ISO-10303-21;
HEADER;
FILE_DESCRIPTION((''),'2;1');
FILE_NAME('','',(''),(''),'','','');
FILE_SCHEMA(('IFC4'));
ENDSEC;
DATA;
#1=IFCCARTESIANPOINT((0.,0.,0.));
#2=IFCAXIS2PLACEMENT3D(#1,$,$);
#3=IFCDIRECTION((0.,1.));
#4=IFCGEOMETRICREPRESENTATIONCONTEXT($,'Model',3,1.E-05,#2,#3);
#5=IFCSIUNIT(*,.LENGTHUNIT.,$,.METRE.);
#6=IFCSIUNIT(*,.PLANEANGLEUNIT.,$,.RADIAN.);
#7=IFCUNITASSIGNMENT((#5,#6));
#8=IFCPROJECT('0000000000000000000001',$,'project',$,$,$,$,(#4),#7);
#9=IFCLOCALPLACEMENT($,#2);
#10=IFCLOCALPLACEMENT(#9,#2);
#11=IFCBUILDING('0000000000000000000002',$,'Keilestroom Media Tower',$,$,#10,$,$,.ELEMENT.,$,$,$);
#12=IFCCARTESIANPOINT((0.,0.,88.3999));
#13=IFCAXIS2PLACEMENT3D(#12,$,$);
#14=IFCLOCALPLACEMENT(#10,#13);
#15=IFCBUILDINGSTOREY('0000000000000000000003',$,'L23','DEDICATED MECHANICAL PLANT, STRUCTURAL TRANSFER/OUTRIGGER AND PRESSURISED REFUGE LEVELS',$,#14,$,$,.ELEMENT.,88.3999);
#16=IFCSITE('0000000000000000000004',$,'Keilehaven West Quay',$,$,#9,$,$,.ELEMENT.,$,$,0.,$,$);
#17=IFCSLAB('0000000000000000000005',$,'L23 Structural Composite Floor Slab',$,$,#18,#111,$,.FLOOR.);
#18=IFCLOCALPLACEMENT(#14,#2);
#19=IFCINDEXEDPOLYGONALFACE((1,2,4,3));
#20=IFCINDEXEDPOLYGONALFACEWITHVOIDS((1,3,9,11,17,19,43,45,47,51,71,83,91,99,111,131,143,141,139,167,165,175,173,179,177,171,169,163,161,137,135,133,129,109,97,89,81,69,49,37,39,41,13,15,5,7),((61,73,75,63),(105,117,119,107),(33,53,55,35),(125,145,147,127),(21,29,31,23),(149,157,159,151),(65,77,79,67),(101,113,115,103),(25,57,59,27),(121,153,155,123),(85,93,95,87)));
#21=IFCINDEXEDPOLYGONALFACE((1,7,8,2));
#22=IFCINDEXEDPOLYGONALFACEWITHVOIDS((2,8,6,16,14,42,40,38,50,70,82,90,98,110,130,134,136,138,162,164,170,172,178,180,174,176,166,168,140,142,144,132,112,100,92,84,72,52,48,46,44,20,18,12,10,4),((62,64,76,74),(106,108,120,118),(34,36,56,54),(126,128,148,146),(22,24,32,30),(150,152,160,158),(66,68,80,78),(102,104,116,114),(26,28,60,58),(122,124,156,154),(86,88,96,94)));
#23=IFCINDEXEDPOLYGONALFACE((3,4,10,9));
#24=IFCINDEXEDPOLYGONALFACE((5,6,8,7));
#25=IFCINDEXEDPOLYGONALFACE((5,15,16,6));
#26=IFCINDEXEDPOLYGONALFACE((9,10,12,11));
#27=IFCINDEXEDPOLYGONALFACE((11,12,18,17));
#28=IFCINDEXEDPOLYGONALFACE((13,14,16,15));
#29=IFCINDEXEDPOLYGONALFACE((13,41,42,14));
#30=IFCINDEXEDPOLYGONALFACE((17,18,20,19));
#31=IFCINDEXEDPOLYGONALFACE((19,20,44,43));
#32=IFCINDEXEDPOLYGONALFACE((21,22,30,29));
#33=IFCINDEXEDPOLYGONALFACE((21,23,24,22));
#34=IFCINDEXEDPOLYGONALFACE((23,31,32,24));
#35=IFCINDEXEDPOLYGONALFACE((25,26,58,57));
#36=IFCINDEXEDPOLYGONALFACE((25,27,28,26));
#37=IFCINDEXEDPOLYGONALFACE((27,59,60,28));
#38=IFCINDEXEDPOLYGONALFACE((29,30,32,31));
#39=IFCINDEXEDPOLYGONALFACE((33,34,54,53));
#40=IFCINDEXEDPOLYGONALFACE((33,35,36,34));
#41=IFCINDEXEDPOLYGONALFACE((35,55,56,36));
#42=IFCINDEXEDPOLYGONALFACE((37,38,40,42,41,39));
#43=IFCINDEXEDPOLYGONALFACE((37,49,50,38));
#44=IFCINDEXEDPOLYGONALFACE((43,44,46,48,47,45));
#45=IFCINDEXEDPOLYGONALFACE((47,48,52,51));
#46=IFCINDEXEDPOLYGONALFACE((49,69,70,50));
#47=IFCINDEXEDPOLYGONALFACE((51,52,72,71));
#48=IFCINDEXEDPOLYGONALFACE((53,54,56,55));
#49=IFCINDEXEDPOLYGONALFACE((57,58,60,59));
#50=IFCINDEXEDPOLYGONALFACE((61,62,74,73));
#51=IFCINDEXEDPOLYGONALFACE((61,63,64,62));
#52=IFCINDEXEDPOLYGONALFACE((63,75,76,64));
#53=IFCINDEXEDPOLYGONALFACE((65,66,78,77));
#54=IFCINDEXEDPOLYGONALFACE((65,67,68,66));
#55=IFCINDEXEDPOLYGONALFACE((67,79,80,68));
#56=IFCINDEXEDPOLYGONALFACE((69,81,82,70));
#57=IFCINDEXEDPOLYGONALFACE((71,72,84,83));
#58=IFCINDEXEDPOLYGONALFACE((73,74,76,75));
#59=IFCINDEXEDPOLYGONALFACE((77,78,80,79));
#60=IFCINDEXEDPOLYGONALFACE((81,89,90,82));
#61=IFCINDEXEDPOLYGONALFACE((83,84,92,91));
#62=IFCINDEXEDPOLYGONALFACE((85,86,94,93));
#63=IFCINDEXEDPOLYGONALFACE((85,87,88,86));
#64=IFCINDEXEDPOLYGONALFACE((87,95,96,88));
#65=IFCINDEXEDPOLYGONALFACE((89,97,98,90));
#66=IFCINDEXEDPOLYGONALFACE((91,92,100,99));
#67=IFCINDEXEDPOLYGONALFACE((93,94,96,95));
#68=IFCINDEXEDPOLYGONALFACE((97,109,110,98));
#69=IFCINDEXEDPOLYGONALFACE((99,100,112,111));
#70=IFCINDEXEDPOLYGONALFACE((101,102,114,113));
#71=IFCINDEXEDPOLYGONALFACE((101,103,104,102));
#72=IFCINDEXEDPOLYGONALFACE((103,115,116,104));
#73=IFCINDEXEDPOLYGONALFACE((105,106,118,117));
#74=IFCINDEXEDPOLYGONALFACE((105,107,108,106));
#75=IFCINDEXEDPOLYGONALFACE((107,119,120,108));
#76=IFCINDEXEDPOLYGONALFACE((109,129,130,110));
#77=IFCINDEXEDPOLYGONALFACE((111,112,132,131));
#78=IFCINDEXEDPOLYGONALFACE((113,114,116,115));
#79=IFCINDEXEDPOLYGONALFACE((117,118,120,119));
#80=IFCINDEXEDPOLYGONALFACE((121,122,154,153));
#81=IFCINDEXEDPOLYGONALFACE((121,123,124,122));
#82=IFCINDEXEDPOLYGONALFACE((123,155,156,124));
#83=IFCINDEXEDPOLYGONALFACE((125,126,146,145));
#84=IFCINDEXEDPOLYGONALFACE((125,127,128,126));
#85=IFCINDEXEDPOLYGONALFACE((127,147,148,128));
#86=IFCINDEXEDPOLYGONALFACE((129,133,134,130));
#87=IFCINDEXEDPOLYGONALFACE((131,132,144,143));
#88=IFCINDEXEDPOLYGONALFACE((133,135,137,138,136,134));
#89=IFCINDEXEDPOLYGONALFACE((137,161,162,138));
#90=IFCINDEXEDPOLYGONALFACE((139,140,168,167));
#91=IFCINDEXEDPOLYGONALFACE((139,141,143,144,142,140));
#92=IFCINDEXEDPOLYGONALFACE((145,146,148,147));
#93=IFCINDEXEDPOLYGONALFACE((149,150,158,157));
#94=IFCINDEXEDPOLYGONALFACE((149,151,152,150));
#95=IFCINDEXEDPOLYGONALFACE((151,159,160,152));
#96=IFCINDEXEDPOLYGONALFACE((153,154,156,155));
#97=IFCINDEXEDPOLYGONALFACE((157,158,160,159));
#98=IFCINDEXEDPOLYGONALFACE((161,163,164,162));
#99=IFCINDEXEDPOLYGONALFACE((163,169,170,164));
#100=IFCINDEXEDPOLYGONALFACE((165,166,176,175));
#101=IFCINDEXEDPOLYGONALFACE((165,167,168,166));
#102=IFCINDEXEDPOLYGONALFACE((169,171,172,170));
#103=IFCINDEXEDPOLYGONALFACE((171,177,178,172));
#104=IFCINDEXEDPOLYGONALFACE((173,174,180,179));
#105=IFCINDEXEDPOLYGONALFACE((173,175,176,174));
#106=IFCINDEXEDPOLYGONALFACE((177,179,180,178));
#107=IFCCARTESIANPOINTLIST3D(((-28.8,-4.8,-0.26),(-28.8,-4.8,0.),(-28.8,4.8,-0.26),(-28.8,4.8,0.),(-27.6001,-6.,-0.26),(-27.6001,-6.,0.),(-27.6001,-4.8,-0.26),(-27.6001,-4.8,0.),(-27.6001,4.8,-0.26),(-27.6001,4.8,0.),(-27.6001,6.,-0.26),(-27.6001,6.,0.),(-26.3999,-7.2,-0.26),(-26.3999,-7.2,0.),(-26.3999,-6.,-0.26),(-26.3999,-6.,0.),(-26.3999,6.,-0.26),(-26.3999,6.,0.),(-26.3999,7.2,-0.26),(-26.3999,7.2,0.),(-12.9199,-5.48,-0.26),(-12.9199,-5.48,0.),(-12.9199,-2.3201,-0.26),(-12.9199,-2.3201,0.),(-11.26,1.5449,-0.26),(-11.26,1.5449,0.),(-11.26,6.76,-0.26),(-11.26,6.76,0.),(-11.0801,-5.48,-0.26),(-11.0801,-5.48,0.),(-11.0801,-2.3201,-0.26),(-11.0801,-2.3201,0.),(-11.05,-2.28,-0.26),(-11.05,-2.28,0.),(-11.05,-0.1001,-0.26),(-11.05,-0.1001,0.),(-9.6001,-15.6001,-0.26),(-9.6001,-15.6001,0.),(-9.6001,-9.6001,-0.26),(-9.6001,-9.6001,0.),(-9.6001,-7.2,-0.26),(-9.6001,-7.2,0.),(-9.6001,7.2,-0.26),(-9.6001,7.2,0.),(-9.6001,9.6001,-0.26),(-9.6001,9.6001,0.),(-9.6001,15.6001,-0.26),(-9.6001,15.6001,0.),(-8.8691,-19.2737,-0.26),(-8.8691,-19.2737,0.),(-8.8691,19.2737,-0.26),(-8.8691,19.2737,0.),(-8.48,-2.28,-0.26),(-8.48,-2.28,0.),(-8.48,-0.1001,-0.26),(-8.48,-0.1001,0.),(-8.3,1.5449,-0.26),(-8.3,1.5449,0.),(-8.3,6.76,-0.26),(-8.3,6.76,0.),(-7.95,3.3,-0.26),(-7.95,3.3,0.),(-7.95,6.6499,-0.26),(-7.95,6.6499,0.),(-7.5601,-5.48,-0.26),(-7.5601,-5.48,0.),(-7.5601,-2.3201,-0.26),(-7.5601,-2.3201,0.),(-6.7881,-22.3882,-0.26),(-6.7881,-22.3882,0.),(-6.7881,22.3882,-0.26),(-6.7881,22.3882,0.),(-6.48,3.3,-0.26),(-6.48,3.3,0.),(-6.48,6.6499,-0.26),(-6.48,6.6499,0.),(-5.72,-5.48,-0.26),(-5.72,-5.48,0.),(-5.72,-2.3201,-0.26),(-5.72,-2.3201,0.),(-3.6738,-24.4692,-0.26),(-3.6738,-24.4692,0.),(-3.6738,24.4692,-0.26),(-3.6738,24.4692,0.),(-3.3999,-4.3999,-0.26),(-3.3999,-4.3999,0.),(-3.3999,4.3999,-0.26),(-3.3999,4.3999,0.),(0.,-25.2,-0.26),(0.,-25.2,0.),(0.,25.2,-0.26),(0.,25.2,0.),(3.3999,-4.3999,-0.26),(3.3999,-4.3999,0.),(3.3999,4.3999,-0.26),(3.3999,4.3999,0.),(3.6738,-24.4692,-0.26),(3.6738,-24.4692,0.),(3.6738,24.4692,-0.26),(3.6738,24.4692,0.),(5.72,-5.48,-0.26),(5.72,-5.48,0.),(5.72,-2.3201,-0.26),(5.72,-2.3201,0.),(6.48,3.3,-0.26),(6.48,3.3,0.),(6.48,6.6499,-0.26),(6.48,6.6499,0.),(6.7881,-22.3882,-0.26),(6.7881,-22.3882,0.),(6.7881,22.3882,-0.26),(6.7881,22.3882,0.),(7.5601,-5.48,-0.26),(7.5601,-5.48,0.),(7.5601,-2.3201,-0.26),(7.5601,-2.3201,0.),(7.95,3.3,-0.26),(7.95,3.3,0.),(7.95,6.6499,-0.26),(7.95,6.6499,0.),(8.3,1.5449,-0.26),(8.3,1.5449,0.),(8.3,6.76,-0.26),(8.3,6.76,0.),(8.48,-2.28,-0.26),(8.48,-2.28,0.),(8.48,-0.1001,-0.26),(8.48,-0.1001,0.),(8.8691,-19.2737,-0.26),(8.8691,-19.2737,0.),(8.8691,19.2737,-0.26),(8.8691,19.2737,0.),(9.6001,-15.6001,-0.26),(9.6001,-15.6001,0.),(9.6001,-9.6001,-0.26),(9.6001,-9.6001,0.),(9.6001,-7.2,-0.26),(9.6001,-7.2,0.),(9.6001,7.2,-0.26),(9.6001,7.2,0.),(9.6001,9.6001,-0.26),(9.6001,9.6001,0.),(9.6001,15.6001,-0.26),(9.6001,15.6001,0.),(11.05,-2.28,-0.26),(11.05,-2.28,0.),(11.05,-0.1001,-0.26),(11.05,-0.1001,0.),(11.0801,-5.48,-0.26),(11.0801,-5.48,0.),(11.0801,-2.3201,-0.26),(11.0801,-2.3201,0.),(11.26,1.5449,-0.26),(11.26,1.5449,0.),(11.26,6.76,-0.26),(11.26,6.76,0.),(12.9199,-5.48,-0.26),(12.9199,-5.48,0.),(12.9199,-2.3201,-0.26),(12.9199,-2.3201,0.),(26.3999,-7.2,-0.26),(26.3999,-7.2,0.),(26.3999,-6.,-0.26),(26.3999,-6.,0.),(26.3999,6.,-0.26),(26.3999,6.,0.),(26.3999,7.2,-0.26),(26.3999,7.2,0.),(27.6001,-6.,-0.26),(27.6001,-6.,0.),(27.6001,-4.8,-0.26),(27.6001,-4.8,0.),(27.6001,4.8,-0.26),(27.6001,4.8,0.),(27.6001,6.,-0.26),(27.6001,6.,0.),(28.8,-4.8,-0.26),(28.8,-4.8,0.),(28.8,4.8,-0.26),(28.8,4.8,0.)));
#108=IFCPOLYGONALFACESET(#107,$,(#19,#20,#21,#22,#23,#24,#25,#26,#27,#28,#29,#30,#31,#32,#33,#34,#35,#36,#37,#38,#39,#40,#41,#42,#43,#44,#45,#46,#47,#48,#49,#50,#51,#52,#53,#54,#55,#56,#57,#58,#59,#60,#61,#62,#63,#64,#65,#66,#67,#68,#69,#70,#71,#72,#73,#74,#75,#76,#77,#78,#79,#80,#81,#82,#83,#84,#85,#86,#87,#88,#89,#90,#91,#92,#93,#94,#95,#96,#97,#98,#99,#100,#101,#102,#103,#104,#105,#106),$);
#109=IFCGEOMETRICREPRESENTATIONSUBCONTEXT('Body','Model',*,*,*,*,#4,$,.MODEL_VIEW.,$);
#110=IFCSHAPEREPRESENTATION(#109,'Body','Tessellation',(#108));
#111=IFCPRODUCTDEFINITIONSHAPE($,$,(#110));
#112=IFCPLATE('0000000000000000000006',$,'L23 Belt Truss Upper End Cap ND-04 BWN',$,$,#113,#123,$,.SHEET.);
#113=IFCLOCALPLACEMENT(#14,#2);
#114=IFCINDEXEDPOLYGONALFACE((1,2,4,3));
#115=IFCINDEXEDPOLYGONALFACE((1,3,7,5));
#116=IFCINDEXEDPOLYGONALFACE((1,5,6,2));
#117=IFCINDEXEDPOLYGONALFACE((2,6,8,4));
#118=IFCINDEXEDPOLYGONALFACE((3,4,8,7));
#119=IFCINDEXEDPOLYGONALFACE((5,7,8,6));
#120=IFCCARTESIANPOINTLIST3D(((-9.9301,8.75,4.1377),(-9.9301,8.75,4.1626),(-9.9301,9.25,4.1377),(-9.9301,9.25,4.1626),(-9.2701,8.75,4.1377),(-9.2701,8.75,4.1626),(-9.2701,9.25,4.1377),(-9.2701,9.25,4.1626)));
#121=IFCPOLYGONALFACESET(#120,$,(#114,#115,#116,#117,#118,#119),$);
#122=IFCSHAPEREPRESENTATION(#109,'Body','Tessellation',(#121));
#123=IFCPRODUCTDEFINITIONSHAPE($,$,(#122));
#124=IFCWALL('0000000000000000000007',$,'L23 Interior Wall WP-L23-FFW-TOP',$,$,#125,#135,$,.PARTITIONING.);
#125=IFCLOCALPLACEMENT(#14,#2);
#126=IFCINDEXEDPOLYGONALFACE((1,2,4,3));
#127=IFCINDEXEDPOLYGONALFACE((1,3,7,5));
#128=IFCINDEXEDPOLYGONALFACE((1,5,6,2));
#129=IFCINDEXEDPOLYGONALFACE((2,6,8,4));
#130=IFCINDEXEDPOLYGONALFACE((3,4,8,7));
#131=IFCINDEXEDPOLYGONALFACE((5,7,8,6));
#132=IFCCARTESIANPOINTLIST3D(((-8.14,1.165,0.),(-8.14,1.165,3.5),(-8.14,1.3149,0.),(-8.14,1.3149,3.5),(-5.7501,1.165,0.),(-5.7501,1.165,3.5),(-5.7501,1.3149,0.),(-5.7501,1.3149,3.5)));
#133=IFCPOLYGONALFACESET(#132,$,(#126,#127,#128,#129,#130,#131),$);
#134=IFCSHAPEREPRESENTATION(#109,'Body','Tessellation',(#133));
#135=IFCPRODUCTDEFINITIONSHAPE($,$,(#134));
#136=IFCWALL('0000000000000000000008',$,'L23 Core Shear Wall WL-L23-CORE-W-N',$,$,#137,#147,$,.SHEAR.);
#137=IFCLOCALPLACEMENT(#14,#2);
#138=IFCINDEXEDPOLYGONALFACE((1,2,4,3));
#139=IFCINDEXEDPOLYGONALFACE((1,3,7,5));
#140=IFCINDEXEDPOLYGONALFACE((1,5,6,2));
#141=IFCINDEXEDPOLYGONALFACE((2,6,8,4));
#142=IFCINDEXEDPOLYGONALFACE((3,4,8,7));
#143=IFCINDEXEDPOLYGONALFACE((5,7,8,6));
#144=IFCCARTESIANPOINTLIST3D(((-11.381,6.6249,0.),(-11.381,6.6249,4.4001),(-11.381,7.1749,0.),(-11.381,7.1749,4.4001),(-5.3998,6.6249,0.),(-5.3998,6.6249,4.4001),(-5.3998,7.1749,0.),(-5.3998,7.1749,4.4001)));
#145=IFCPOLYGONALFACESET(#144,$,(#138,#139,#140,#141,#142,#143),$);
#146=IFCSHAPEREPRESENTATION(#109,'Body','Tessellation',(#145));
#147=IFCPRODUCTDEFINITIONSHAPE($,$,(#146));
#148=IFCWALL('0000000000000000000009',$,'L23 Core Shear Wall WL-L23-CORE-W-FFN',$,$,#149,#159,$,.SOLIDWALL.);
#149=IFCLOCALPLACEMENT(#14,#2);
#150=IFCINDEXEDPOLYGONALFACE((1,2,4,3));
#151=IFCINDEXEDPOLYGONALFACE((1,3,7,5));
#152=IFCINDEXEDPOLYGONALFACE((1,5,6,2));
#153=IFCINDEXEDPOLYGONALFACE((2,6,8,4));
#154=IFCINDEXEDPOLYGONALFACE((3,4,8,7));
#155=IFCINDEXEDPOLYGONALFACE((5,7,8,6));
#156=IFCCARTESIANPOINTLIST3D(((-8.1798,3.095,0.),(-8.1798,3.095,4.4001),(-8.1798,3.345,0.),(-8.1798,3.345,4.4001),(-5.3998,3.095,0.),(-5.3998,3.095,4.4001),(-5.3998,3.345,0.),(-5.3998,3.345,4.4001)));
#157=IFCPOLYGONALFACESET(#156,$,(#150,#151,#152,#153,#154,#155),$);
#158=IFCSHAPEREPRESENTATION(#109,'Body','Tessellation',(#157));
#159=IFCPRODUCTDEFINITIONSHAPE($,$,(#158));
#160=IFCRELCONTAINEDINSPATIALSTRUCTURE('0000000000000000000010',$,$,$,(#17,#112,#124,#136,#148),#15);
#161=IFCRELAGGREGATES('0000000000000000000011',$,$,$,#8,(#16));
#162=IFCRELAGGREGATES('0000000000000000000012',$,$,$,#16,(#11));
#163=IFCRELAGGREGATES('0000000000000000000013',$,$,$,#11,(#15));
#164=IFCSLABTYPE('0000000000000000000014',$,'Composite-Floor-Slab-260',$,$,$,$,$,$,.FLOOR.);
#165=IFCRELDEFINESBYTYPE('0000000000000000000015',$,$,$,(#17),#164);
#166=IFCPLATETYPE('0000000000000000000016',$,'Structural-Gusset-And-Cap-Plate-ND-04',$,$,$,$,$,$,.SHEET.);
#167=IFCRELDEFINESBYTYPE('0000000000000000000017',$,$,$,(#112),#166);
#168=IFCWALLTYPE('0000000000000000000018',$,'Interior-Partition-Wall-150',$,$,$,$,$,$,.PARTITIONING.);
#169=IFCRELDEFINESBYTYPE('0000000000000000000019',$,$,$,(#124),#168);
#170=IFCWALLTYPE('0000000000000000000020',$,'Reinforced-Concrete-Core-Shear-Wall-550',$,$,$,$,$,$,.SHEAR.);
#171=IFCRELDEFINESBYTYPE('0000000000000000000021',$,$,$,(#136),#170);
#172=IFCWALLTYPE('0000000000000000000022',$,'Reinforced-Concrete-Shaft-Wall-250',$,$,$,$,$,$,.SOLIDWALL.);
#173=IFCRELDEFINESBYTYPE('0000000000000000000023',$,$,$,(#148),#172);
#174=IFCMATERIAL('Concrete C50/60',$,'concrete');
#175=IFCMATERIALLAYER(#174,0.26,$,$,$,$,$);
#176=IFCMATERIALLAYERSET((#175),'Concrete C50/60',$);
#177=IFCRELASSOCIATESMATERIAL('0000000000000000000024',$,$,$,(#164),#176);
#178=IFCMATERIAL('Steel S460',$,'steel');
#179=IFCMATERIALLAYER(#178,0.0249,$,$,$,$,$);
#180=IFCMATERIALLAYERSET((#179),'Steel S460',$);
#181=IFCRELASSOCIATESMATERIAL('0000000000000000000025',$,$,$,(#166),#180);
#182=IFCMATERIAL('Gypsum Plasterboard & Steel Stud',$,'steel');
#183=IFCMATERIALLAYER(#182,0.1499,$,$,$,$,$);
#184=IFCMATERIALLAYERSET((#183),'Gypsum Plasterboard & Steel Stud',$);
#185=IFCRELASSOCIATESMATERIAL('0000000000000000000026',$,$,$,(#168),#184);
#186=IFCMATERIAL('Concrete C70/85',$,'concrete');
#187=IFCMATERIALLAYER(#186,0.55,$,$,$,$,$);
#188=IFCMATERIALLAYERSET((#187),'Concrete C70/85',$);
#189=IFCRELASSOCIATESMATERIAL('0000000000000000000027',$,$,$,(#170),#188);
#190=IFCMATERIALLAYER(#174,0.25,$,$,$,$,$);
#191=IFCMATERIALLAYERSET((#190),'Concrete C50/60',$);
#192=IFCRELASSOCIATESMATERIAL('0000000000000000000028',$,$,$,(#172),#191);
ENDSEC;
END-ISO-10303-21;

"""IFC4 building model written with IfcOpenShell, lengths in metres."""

from ifc_helpers import new_model, si_unit, direction, frame, frame_2d, origin, origin_2d, place, context, subcontext, project, spatial, polyline, rectangle, outline, extrude, source, transform, mapped, material, layer, layer_set, type_object, element, save


model = new_model("IFC4")

# Units and contexts
model_context = context("Model", 3, precision=1e-05, world=origin(), true_north=direction((0.0, 1.0)))
body_context = subcontext(model_context, "Body", "Model", "MODEL_VIEW")
ifc_project = project(units=[si_unit("LENGTHUNIT", "METRE"), si_unit("PLANEANGLEUNIT", "RADIAN")], contexts=[model_context])

# Site, building, storey
site_placement = place(None, origin())
site = spatial("IfcSite", under=ifc_project, at=site_placement, Name="Keilehaven West Quay", CompositionType="ELEMENT", RefElevation=0.0)
building_placement = place(site_placement, origin())
building = spatial("IfcBuilding", under=site, at=building_placement, Name="Keilestroom Media Tower", CompositionType="ELEMENT")
storey_placement = place(building_placement, frame((0.0, 0.0, 88.3999)))
storey = spatial("IfcBuildingStorey", under=building, at=storey_placement, Name="L23", Description="DEDICATED MECHANICAL PLANT, STRUCTURAL TRANSFER/OUTRIGGER AND PRESSURISED REFUGE LEVELS", CompositionType="ELEMENT", Elevation=88.3999)

# Shared definitions
ifc_material_1 = material(Name="Concrete C70/85", Category="concrete")

# Slab
ifc_material_2 = material(Name="Concrete C50/60", Category="concrete")
ifc_layer_1 = layer(ifc_material_2, 0.26)
ifc_layer_set_1 = layer_set([ifc_layer_1], Name="Concrete C50/60")
slab_type = type_object("IfcSlabType", Name="Composite-Floor-Slab-260", PredefinedType="FLOOR", material=ifc_layer_set_1)
slab_placement = place(storey_placement, frame((0.0, 0.0, -0.26)))
element("IfcSlab", 1, at=slab_placement, inside=storey, type_object=slab_type, Name="L23 Structural Composite Floor Slab", PredefinedType="FLOOR", context=body_context, shape_type="SweptSolid", body=[
    extrude(outline(polyline([(28.8, -4.8), (28.8, 4.8), (27.6001, 4.8), (27.6001, 6.0), (26.3999, 6.0), (26.3999, 7.2), (9.6001, 7.2), (9.6001, 9.6001), (9.6001, 15.6001), (8.8691, 19.2737), (6.7881, 22.3882), (3.6738, 24.4692), (0.0, 25.2), (-3.6738, 24.4692), (-6.7881, 22.3882), (-8.8691, 19.2737), (-9.6001, 15.6001), (-9.6001, 9.6001), (-9.6001, 7.2), (-26.3999, 7.2), (-26.3999, 6.0), (-27.6001, 6.0), (-27.6001, 4.8), (-28.8, 4.8), (-28.8, -4.8), (-27.6001, -4.8), (-27.6001, -6.0), (-26.3999, -6.0), (-26.3999, -7.2), (-9.6001, -7.2), (-9.6001, -9.6001), (-9.6001, -15.6001), (-8.8691, -19.2737), (-6.7881, -22.3882), (-3.6738, -24.4692), (0.0, -25.2), (3.6738, -24.4692), (6.7881, -22.3882), (8.8691, -19.2737), (9.6001, -15.6001), (9.6001, -9.6001), (9.6001, -7.2), (26.3999, -7.2), (26.3999, -6.0), (27.6001, -6.0), (27.6001, -4.8), (28.8, -4.8)]), holes=[polyline([(-12.9199, -5.48), (-12.9199, -2.3201), (-11.0801, -2.3201), (-11.0801, -5.48), (-12.9199, -5.48)]), polyline([(-11.26, 1.5449), (-11.26, 6.76), (-8.3, 6.76), (-8.3, 1.5449), (-11.26, 1.5449)]), polyline([(-11.05, -2.28), (-11.05, -0.1001), (-8.48, -0.1001), (-8.48, -2.28), (-11.05, -2.28)]), polyline([(-7.95, 3.3), (-7.95, 6.6499), (-6.48, 6.6499), (-6.48, 3.3), (-7.95, 3.3)]), polyline([(-7.5601, -5.48), (-7.5601, -2.3201), (-5.72, -2.3201), (-5.72, -5.48), (-7.5601, -5.48)]), polyline([(-3.3999, -4.3999), (-3.3999, 4.3999), (3.3999, 4.3999), (3.3999, -4.3999), (-3.3999, -4.3999)]), polyline([(5.72, -5.48), (5.72, -2.3201), (7.5601, -2.3201), (7.5601, -5.48), (5.72, -5.48)]), polyline([(7.95, 6.6499), (7.95, 3.3), (6.48, 3.3), (6.48, 6.6499), (7.95, 6.6499)]), polyline([(8.3, 6.76), (11.26, 6.76), (11.26, 1.5449), (8.3, 1.5449), (8.3, 6.76)]), polyline([(8.48, -2.28), (8.48, -0.1001), (11.05, -0.1001), (11.05, -2.28), (8.48, -2.28)]), polyline([(12.9199, -5.48), (11.0801, -5.48), (11.0801, -2.3201), (12.9199, -2.3201), (12.9199, -5.48)])]), origin(), (0.0, 0.0, 1.0), 0.26),
])

# Plate
ifc_material_3 = material(Name="Steel S460", Category="steel")
ifc_layer_2 = layer(ifc_material_3, 0.0249)
ifc_layer_set_2 = layer_set([ifc_layer_2], Name="Steel S460")
plate_type = type_object("IfcPlateType", Name="Structural-Gusset-And-Cap-Plate-ND-04", PredefinedType="SHEET", material=ifc_layer_set_2)
shared_shape_1 = source(origin(), body_context, "Body", "SweptSolid", [
    extrude(rectangle(XDim=0.6599, YDim=0.5, at=origin_2d()), origin(), (0.0, 0.0, 1.0), 0.0249),
])
plate_placement = place(storey_placement, frame((-9.6001, 9.0, 4.1377), z_axis=(0.0, 0.0, 1.0), x_axis=(1.0, 0.0, 0.0)))
element("IfcPlate", 2, at=plate_placement, inside=storey, type_object=plate_type, Name="L23 Belt Truss Upper End Cap ND-04 BWN", PredefinedType="SHEET", context=body_context, shape_type="MappedRepresentation", body=[
    mapped(shared_shape_1, transform((0.0, 0.0, 0.0), x_axis=(1.0, 0.0, 0.0), y_axis=(0.0, 1.0, 0.0), z_axis=(0.0, 0.0, 1.0), scale=1.0)),
])

# Walls
ifc_material_4 = material(Name="Gypsum Plasterboard & Steel Stud", Category="steel")
ifc_layer_3 = layer(ifc_material_4, 0.1499)
ifc_layer_set_3 = layer_set([ifc_layer_3], Name="Gypsum Plasterboard & Steel Stud")
wall_type_1 = type_object("IfcWallType", Name="Interior-Partition-Wall-150", PredefinedType="PARTITIONING", material=ifc_layer_set_3)
wall_1_placement = place(storey_placement, frame((-8.1399, 1.24, 0.0), z_axis=(0.0, 0.0, 1.0), x_axis=(1.0, 0.0, 0.0)))
element("IfcWall", 3, at=wall_1_placement, inside=storey, type_object=wall_type_1, Name="L23 Interior Wall WP-L23-FFW-TOP", PredefinedType="PARTITIONING", context=body_context, shape_type="SweptSolid", body=[
    extrude(rectangle(XDim=2.3899, YDim=0.1499, at=frame_2d((1.1948, 0.0))), origin(), (0.0, 0.0, 1.0), 3.5),
])
ifc_layer_4 = layer(ifc_material_1, 0.55)
ifc_layer_set_4 = layer_set([ifc_layer_4], Name="Concrete C70/85")
wall_type_2 = type_object("IfcWallType", Name="Reinforced-Concrete-Core-Shear-Wall-550", PredefinedType="SHEAR", material=ifc_layer_set_4)
wall_2_placement = place(storey_placement, frame((-11.3811, 6.8999, 0.0), z_axis=(0.0, 0.0, 1.0), x_axis=(1.0, 0.0, 0.0)))
element("IfcWall", 4, at=wall_2_placement, inside=storey, type_object=wall_type_2, Name="L23 Core Shear Wall WL-L23-CORE-W-N", PredefinedType="SHEAR", context=body_context, shape_type="SweptSolid", body=[
    extrude(rectangle(XDim=5.9812, YDim=0.55, at=frame_2d((2.9907, 0.0))), origin(), (0.0, 0.0, 1.0), 4.4001),
])
ifc_layer_5 = layer(ifc_material_2, 0.25)
ifc_layer_set_5 = layer_set([ifc_layer_5], Name="Concrete C50/60")
wall_type_3 = type_object("IfcWallType", Name="Reinforced-Concrete-Shaft-Wall-250", PredefinedType="SOLIDWALL", material=ifc_layer_set_5)
wall_3_placement = place(storey_placement, frame((-8.1799, 3.22, 0.0), z_axis=(0.0, 0.0, 1.0), x_axis=(1.0, 0.0, 0.0)))
element("IfcWall", 5, at=wall_3_placement, inside=storey, type_object=wall_type_3, Name="L23 Core Shear Wall WL-L23-CORE-W-FFN", PredefinedType="SOLIDWALL", context=body_context, shape_type="SweptSolid", body=[
    extrude(rectangle(XDim=2.78, YDim=0.25, at=frame_2d((1.3901, 0.0))), origin(), (0.0, 0.0, 1.0), 4.4001),
])

save(model, "model.ifc")
